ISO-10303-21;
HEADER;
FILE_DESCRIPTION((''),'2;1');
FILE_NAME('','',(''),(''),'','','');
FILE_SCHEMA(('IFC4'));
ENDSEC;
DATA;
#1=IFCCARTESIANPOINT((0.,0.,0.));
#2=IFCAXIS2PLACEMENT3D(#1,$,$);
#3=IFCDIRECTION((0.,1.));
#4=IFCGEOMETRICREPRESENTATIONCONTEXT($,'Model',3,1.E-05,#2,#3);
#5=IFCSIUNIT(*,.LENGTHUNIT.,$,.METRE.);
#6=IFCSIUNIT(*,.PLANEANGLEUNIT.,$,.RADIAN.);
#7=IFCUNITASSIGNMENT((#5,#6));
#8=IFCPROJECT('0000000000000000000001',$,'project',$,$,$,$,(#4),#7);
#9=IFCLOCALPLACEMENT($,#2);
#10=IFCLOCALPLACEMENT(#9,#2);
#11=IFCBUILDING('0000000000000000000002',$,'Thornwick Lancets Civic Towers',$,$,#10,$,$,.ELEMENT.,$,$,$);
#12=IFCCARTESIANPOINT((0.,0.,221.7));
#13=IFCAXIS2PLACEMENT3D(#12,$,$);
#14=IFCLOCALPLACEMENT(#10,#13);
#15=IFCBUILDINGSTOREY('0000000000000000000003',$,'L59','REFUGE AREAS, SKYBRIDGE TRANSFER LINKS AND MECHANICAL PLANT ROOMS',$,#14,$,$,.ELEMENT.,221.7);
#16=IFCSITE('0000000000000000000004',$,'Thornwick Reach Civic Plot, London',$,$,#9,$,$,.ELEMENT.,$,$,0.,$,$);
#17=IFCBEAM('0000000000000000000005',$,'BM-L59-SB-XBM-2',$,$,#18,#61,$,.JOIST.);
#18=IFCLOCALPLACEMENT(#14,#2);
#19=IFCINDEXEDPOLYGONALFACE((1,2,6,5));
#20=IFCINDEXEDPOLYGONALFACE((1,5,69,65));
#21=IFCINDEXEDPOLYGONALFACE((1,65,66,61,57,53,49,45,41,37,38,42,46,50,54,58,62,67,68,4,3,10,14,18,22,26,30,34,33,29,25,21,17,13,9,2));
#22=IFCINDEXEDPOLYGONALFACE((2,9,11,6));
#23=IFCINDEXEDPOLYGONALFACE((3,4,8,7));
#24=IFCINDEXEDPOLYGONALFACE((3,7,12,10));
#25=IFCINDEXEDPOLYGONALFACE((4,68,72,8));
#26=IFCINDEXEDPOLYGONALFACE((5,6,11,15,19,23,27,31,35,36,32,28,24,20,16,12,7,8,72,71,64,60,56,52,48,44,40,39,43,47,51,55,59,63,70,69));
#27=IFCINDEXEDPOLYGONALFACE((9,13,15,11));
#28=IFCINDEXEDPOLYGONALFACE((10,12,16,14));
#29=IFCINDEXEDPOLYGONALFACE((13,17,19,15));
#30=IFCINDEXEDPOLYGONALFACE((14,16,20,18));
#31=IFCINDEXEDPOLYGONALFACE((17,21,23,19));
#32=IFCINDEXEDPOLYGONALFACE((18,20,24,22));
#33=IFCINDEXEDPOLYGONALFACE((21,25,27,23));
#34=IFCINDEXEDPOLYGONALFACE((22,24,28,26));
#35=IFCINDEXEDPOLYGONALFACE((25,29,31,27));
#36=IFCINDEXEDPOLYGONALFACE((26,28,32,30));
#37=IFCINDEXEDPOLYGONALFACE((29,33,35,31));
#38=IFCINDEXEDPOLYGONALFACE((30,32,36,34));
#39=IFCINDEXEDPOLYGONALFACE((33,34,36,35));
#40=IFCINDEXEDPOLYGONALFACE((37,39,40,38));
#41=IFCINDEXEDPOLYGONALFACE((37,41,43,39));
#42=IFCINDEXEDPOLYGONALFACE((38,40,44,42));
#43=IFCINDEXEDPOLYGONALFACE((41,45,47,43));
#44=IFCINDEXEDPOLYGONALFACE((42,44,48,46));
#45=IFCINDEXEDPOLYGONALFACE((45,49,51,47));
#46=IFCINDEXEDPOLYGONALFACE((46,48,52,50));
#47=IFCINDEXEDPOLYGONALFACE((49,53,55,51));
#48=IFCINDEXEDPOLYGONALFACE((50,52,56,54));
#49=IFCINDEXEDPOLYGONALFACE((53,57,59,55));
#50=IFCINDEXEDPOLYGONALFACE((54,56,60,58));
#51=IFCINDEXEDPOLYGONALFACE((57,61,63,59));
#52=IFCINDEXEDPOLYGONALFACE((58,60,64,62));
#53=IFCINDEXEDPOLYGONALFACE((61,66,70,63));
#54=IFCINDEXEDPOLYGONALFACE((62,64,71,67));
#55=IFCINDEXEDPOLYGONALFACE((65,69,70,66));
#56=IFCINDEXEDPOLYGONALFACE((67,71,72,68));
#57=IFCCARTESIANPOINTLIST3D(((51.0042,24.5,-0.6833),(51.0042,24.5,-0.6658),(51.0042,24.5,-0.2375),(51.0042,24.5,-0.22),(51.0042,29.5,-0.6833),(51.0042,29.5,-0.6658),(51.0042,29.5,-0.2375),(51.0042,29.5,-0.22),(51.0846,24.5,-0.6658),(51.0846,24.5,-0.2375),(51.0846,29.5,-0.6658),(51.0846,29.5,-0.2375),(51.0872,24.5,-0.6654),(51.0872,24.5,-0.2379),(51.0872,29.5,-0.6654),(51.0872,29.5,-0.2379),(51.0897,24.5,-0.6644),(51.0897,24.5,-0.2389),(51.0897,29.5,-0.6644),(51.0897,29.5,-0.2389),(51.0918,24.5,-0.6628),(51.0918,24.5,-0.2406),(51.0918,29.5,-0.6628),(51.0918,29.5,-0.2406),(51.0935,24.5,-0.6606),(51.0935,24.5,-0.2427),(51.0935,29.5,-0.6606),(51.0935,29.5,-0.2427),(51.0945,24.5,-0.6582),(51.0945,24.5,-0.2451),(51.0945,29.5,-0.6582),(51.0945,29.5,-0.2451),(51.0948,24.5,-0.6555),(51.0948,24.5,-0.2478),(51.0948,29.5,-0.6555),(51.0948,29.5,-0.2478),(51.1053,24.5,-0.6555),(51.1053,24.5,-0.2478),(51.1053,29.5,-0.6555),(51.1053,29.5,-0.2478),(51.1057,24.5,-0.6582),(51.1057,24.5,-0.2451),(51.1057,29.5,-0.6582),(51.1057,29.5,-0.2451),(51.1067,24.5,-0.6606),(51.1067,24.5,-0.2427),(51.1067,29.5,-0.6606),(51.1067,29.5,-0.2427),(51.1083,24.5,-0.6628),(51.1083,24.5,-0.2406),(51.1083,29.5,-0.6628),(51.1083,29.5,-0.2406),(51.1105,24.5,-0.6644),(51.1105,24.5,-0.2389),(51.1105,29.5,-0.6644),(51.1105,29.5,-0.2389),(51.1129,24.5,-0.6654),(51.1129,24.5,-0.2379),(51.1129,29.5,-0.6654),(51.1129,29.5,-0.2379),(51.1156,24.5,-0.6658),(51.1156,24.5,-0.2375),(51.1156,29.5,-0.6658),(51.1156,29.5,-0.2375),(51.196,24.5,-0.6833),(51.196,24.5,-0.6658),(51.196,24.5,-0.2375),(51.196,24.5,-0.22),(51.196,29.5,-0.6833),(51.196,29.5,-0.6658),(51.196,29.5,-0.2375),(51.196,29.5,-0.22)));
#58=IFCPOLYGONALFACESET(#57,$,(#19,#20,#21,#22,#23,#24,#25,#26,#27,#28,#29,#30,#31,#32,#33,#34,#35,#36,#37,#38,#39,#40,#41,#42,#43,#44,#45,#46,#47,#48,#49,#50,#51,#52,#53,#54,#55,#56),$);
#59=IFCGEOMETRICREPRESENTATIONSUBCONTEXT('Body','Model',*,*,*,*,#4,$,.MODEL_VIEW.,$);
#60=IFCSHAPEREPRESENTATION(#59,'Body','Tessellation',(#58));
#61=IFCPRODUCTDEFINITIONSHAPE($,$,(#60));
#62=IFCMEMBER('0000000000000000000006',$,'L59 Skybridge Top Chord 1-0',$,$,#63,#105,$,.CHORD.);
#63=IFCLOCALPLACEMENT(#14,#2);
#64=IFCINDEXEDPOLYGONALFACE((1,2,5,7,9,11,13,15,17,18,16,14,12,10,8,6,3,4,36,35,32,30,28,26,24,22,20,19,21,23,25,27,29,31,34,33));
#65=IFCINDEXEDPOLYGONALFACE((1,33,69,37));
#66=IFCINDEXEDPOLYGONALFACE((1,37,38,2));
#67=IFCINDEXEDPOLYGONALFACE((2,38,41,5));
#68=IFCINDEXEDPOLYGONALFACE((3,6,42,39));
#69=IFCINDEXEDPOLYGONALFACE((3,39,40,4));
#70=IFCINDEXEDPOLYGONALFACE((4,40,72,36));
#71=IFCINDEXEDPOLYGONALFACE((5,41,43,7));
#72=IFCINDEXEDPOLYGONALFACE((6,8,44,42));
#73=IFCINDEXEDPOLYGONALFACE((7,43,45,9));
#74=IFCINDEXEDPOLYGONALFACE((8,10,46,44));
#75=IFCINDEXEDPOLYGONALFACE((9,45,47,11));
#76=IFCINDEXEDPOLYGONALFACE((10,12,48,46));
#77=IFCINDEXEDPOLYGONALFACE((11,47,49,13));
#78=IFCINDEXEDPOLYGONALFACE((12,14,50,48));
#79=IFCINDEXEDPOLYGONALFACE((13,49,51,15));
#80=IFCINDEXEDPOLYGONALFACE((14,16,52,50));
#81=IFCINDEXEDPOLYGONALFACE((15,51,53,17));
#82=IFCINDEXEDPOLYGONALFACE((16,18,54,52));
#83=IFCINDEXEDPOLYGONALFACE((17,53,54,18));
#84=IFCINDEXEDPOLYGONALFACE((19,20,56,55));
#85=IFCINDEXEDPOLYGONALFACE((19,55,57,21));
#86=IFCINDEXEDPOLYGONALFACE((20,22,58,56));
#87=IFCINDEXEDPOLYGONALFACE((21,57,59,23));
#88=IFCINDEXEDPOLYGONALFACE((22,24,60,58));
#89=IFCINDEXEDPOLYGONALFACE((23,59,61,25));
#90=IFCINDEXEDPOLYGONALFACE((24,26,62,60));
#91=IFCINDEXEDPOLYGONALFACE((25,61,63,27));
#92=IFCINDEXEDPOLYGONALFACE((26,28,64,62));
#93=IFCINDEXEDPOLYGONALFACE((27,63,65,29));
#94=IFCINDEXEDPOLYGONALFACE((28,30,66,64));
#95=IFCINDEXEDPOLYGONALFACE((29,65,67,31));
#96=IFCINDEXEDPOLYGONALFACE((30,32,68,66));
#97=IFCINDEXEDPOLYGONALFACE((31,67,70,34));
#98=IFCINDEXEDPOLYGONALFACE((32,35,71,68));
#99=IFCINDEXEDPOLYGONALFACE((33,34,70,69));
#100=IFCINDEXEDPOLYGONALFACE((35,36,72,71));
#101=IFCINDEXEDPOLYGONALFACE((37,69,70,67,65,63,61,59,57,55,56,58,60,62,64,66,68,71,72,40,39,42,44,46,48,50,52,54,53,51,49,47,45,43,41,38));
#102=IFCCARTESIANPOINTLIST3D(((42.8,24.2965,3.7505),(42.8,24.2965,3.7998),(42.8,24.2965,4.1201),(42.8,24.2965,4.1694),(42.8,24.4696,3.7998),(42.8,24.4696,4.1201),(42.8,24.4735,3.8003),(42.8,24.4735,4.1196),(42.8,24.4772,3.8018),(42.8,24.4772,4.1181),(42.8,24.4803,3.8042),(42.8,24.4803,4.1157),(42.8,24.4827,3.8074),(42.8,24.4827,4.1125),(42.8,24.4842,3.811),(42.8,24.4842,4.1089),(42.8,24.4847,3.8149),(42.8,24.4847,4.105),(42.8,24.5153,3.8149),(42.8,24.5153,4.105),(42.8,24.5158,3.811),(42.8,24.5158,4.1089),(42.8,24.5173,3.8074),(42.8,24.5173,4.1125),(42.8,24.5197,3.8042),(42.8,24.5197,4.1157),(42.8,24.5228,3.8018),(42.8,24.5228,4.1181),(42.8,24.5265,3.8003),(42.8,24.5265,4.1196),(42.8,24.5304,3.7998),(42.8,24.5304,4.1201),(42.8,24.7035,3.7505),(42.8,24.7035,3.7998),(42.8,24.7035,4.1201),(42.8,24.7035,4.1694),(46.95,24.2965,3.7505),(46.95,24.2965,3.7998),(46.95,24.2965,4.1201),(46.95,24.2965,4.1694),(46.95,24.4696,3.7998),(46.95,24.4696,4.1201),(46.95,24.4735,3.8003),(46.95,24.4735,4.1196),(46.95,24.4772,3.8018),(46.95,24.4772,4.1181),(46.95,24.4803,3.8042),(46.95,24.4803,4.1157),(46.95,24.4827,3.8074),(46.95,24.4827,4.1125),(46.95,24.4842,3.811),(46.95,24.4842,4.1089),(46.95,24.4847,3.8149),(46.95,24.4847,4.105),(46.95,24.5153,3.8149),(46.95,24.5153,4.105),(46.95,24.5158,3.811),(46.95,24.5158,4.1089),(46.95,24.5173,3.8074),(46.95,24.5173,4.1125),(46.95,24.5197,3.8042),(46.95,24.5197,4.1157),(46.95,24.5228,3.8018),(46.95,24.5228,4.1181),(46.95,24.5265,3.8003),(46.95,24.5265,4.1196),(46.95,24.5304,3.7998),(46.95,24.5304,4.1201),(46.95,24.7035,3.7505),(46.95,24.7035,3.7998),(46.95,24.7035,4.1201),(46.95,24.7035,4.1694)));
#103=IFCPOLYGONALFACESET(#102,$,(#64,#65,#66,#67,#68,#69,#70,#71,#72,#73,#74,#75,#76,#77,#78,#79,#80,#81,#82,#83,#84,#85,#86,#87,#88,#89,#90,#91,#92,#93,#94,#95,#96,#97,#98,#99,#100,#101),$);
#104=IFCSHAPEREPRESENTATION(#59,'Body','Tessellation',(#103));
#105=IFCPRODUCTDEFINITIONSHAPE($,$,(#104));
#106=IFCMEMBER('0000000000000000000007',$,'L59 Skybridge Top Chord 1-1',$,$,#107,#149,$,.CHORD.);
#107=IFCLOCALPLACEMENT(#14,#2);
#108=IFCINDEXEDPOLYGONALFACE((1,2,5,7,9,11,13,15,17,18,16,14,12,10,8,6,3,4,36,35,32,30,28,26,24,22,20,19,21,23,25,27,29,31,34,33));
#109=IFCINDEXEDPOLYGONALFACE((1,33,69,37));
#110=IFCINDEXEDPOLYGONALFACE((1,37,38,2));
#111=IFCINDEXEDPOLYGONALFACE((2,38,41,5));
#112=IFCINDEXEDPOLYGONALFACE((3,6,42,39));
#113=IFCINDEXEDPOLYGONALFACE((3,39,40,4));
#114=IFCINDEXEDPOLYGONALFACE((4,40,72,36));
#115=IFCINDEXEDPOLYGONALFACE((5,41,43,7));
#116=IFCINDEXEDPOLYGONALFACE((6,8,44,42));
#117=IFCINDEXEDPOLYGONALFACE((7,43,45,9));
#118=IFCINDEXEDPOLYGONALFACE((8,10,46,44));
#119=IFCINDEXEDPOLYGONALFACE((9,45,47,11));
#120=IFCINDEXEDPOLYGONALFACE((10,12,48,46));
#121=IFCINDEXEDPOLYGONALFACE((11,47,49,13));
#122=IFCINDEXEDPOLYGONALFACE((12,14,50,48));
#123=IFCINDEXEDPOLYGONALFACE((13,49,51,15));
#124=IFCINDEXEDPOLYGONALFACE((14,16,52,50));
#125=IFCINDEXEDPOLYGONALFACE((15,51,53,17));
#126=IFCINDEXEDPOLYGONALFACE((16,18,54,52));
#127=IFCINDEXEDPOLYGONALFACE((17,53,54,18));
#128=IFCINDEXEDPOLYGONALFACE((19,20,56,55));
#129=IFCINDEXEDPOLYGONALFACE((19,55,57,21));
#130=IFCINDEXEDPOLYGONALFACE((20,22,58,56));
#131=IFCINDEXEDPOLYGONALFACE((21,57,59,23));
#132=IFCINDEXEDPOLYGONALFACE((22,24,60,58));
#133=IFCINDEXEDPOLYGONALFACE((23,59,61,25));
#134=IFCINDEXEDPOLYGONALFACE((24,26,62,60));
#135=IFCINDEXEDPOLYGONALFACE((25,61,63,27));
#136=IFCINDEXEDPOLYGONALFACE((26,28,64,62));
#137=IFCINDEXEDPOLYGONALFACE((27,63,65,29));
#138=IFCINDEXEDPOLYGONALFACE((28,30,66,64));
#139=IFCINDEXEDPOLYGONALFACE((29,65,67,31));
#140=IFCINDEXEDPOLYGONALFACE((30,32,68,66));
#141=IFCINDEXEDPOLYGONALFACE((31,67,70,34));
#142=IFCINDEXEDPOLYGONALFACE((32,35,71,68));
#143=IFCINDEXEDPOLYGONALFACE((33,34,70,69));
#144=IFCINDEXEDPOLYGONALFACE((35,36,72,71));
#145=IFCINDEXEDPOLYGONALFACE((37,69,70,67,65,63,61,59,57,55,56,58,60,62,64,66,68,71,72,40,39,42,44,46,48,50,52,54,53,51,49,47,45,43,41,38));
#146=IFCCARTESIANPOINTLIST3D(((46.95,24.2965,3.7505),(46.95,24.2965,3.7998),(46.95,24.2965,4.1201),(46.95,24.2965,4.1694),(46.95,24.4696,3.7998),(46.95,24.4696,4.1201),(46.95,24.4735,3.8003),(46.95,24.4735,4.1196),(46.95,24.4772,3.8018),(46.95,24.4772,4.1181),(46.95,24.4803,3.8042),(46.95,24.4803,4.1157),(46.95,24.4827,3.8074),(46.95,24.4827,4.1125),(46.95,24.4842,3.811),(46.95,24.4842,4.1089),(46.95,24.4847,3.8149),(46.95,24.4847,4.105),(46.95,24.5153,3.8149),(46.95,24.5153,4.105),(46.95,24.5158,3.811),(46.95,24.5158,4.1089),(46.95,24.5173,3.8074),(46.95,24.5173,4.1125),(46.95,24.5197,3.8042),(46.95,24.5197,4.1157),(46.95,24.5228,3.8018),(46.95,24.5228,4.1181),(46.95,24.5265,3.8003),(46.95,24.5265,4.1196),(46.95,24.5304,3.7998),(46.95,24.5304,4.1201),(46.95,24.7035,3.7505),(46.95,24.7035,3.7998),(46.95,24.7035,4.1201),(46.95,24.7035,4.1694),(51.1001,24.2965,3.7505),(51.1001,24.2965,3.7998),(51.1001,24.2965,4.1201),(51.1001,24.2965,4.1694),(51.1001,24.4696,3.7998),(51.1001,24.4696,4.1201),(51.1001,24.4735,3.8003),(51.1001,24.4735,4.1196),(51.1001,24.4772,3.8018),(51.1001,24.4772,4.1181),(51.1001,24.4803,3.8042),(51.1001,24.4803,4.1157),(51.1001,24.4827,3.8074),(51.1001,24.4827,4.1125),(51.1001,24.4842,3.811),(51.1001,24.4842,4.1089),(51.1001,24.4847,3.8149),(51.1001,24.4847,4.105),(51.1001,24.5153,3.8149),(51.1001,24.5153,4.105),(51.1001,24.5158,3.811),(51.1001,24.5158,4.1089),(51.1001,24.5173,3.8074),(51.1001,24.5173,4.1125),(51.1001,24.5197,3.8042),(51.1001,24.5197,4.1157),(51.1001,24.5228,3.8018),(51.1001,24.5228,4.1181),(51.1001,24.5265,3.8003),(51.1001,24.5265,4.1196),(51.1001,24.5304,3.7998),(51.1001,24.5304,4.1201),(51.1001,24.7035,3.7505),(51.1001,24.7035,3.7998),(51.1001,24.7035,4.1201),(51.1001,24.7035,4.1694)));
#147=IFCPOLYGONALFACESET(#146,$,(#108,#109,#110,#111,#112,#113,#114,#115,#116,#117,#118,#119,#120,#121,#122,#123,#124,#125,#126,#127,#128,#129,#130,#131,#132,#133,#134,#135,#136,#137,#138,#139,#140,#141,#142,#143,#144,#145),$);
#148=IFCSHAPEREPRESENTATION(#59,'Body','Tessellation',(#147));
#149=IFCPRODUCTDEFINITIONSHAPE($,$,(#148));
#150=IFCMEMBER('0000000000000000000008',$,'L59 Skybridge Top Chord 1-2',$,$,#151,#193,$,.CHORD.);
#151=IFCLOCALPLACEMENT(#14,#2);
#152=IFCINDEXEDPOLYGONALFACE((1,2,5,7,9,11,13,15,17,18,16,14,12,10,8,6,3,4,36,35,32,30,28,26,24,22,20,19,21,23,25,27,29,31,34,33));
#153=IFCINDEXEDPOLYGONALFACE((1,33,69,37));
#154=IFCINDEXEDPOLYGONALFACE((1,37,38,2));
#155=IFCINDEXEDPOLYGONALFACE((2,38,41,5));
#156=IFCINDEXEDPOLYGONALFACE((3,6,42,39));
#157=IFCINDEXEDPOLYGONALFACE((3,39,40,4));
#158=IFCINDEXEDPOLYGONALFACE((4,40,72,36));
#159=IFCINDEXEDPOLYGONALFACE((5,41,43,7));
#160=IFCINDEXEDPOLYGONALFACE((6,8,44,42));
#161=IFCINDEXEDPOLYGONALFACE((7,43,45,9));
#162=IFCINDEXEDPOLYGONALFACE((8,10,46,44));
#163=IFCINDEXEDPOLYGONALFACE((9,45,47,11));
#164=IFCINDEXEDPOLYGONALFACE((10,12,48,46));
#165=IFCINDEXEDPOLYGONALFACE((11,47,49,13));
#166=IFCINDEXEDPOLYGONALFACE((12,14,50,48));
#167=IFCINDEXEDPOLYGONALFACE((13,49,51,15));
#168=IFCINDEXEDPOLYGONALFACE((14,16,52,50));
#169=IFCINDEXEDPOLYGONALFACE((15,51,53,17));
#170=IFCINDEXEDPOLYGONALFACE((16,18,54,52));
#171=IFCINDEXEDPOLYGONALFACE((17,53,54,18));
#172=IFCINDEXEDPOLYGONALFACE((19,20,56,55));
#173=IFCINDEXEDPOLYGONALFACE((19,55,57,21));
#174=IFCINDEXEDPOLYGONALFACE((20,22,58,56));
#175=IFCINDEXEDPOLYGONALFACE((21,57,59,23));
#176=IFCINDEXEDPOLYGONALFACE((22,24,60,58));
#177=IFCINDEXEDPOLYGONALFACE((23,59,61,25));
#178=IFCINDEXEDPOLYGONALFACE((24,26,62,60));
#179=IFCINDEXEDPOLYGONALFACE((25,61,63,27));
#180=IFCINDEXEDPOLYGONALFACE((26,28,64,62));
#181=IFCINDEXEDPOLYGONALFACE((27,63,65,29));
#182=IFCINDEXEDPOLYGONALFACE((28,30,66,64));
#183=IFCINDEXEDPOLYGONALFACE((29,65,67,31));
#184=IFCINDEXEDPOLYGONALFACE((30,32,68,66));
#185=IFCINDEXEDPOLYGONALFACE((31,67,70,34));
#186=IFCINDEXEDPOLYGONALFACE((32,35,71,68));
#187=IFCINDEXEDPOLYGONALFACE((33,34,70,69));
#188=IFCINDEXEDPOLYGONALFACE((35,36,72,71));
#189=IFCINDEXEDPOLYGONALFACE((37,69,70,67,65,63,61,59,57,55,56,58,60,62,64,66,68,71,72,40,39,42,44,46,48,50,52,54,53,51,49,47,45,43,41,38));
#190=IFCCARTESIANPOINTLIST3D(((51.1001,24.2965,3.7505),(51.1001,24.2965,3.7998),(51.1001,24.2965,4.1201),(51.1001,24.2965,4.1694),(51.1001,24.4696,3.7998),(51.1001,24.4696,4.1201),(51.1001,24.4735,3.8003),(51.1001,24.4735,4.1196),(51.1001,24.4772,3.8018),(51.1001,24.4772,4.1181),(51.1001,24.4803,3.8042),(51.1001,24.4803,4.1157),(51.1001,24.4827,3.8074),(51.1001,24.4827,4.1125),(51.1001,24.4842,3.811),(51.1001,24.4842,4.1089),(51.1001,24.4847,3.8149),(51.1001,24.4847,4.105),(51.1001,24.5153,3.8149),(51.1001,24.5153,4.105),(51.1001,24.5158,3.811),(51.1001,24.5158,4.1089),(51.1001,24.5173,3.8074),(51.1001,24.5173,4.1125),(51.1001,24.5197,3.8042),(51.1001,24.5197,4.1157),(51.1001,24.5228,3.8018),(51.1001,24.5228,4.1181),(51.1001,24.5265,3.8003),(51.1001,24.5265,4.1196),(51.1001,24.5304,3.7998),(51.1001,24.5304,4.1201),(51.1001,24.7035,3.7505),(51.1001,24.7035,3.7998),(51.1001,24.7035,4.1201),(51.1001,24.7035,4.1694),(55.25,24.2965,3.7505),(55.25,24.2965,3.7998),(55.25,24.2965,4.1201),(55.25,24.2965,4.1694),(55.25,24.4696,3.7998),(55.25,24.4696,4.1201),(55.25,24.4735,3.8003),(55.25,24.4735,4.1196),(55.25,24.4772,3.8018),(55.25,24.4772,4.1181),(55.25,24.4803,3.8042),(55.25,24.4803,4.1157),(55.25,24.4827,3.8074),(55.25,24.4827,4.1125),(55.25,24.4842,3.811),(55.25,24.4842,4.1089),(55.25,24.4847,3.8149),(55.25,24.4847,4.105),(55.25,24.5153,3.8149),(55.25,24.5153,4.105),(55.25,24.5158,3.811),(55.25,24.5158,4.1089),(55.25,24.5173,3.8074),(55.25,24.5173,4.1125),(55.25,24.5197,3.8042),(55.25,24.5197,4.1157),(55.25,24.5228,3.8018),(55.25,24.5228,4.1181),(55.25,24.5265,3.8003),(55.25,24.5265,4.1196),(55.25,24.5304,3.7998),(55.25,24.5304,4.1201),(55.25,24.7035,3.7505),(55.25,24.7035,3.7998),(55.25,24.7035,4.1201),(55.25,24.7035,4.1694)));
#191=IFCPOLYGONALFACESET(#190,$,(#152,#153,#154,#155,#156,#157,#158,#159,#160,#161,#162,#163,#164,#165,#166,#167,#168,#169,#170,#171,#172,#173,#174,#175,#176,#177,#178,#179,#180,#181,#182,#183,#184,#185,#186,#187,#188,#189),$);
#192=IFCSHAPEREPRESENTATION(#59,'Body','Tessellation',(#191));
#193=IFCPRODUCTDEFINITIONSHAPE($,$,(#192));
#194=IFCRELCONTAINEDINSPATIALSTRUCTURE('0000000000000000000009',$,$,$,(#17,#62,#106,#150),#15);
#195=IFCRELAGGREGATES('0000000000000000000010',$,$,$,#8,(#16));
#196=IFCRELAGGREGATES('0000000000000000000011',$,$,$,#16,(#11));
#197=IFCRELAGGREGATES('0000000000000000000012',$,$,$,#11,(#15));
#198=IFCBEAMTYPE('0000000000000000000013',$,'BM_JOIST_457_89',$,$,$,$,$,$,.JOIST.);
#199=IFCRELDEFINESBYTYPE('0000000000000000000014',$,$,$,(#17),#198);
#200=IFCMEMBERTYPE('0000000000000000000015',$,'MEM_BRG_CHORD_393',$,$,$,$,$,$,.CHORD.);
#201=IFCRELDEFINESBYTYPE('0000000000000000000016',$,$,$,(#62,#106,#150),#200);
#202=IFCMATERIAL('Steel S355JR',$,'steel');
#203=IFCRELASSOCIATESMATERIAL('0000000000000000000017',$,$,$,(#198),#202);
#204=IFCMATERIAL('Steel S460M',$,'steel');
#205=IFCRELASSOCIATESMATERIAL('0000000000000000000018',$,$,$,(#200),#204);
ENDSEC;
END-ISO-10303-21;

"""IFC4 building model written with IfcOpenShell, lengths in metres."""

from ifc_helpers import new_model, si_unit, direction, frame, origin, origin_2d, place, context, subcontext, project, spatial, i_section, extrude, material, material_profile, profile_set, type_object, element, save


model = new_model("IFC4")

# Units and contexts
model_context = context("Model", 3, precision=1e-05, world=origin(), true_north=direction((0.0, 1.0)))
body_context = subcontext(model_context, "Body", "Model", "MODEL_VIEW")
ifc_project = project(units=[si_unit("LENGTHUNIT", "METRE"), si_unit("PLANEANGLEUNIT", "RADIAN")], contexts=[model_context])

# Site, building, storey
site_placement = place(None, origin())
site = spatial("IfcSite", under=ifc_project, at=site_placement, Name="Thornwick Reach Civic Plot, London", CompositionType="ELEMENT", RefElevation=0.0)
building_placement = place(site_placement, origin())
building = spatial("IfcBuilding", under=site, at=building_placement, Name="Thornwick Lancets Civic Towers", CompositionType="ELEMENT")
storey_placement = place(building_placement, frame((0.0, 0.0, 221.7)))
storey = spatial("IfcBuildingStorey", under=building, at=storey_placement, Name="L59", Description="REFUGE AREAS, SKYBRIDGE TRANSFER LINKS AND MECHANICAL PLANT ROOMS", CompositionType="ELEMENT", Elevation=221.7)

# Beam
ifc_material_1 = material(Name="Steel S355JR", Category="steel")
ifc_material_profile_1 = material_profile(ifc_material_1, i_section(OverallWidth=0.1919, OverallDepth=0.4634, WebThickness=0.0105, FlangeThickness=0.0176, FilletRadius=0.0103, at=origin_2d()), Name="UKB 457x191x89")
ifc_profile_set_1 = profile_set([ifc_material_profile_1], Name="Steel S355JR")
beam_type_1 = type_object("IfcBeamType", Name="BM_JOIST_457_89", PredefinedType="JOIST", material=ifc_profile_set_1)
for number, where, z_axis, x_axis, name in (
    (1, (51.1001, 24.5, -0.4517), (0.0, 1.0, 0.0), (-1.0, 0.0, 0.0), "BM-L59-SB-XBM-2"),
):
    element("IfcBeam", number, at=place(storey_placement, frame(where, z_axis=z_axis, x_axis=x_axis)), inside=storey, type_object=beam_type_1, Name=name, PredefinedType="JOIST", context=body_context, shape_type="SweptSolid", body=[
        extrude(i_section(OverallWidth=0.1919, OverallDepth=0.4634, WebThickness=0.0105, FlangeThickness=0.0176, FilletRadius=0.0103, at=origin_2d()), origin(), (0.0, 0.0, 1.0), 5.0),
    ])

# Members
ifc_material_2 = material(Name="Steel S460M", Category="steel")
ifc_material_profile_2 = material_profile(ifc_material_2, i_section(OverallWidth=0.407, OverallDepth=0.4189, WebThickness=0.0305, FlangeThickness=0.0493, FilletRadius=0.0151, at=origin_2d()), Name="UKC 356x406x393")
ifc_profile_set_2 = profile_set([ifc_material_profile_2], Name="Steel S460M")
member_type_1 = type_object("IfcMemberType", Name="MEM_BRG_CHORD_393", PredefinedType="CHORD", material=ifc_profile_set_2)
member_1_placement = place(storey_placement, frame((42.8, 24.5, 3.96), z_axis=(1.0, 0.0, 0.0), x_axis=(0.0, 1.0, 0.0)))
element("IfcMember", 2, at=member_1_placement, inside=storey, type_object=member_type_1, Name="L59 Skybridge Top Chord 1-0", PredefinedType="CHORD", context=body_context, shape_type="SweptSolid", body=[
    extrude(i_section(OverallWidth=0.407, OverallDepth=0.4189, WebThickness=0.0305, FlangeThickness=0.0493, FilletRadius=0.0151, at=origin_2d()), origin(), (0.0, 0.0, 1.0), 4.1499),
])
member_2_placement = place(storey_placement, frame((46.95, 24.5, 3.96), z_axis=(1.0, 0.0, 0.0), x_axis=(0.0, 1.0, 0.0)))
element("IfcMember", 3, at=member_2_placement, inside=storey, type_object=member_type_1, Name="L59 Skybridge Top Chord 1-1", PredefinedType="CHORD", context=body_context, shape_type="SweptSolid", body=[
    extrude(i_section(OverallWidth=0.407, OverallDepth=0.4189, WebThickness=0.0305, FlangeThickness=0.0493, FilletRadius=0.0151, at=origin_2d()), origin(), (0.0, 0.0, 1.0), 4.1501),
])
member_3_placement = place(storey_placement, frame((51.1001, 24.5, 3.96), z_axis=(1.0, 0.0, 0.0), x_axis=(0.0, 1.0, 0.0)))
element("IfcMember", 4, at=member_3_placement, inside=storey, type_object=member_type_1, Name="L59 Skybridge Top Chord 1-2", PredefinedType="CHORD", context=body_context, shape_type="SweptSolid", body=[
    extrude(i_section(OverallWidth=0.407, OverallDepth=0.4189, WebThickness=0.0305, FlangeThickness=0.0493, FilletRadius=0.0151, at=origin_2d()), origin(), (0.0, 0.0, 1.0), 4.1499),
])

save(model, "model.ifc")
